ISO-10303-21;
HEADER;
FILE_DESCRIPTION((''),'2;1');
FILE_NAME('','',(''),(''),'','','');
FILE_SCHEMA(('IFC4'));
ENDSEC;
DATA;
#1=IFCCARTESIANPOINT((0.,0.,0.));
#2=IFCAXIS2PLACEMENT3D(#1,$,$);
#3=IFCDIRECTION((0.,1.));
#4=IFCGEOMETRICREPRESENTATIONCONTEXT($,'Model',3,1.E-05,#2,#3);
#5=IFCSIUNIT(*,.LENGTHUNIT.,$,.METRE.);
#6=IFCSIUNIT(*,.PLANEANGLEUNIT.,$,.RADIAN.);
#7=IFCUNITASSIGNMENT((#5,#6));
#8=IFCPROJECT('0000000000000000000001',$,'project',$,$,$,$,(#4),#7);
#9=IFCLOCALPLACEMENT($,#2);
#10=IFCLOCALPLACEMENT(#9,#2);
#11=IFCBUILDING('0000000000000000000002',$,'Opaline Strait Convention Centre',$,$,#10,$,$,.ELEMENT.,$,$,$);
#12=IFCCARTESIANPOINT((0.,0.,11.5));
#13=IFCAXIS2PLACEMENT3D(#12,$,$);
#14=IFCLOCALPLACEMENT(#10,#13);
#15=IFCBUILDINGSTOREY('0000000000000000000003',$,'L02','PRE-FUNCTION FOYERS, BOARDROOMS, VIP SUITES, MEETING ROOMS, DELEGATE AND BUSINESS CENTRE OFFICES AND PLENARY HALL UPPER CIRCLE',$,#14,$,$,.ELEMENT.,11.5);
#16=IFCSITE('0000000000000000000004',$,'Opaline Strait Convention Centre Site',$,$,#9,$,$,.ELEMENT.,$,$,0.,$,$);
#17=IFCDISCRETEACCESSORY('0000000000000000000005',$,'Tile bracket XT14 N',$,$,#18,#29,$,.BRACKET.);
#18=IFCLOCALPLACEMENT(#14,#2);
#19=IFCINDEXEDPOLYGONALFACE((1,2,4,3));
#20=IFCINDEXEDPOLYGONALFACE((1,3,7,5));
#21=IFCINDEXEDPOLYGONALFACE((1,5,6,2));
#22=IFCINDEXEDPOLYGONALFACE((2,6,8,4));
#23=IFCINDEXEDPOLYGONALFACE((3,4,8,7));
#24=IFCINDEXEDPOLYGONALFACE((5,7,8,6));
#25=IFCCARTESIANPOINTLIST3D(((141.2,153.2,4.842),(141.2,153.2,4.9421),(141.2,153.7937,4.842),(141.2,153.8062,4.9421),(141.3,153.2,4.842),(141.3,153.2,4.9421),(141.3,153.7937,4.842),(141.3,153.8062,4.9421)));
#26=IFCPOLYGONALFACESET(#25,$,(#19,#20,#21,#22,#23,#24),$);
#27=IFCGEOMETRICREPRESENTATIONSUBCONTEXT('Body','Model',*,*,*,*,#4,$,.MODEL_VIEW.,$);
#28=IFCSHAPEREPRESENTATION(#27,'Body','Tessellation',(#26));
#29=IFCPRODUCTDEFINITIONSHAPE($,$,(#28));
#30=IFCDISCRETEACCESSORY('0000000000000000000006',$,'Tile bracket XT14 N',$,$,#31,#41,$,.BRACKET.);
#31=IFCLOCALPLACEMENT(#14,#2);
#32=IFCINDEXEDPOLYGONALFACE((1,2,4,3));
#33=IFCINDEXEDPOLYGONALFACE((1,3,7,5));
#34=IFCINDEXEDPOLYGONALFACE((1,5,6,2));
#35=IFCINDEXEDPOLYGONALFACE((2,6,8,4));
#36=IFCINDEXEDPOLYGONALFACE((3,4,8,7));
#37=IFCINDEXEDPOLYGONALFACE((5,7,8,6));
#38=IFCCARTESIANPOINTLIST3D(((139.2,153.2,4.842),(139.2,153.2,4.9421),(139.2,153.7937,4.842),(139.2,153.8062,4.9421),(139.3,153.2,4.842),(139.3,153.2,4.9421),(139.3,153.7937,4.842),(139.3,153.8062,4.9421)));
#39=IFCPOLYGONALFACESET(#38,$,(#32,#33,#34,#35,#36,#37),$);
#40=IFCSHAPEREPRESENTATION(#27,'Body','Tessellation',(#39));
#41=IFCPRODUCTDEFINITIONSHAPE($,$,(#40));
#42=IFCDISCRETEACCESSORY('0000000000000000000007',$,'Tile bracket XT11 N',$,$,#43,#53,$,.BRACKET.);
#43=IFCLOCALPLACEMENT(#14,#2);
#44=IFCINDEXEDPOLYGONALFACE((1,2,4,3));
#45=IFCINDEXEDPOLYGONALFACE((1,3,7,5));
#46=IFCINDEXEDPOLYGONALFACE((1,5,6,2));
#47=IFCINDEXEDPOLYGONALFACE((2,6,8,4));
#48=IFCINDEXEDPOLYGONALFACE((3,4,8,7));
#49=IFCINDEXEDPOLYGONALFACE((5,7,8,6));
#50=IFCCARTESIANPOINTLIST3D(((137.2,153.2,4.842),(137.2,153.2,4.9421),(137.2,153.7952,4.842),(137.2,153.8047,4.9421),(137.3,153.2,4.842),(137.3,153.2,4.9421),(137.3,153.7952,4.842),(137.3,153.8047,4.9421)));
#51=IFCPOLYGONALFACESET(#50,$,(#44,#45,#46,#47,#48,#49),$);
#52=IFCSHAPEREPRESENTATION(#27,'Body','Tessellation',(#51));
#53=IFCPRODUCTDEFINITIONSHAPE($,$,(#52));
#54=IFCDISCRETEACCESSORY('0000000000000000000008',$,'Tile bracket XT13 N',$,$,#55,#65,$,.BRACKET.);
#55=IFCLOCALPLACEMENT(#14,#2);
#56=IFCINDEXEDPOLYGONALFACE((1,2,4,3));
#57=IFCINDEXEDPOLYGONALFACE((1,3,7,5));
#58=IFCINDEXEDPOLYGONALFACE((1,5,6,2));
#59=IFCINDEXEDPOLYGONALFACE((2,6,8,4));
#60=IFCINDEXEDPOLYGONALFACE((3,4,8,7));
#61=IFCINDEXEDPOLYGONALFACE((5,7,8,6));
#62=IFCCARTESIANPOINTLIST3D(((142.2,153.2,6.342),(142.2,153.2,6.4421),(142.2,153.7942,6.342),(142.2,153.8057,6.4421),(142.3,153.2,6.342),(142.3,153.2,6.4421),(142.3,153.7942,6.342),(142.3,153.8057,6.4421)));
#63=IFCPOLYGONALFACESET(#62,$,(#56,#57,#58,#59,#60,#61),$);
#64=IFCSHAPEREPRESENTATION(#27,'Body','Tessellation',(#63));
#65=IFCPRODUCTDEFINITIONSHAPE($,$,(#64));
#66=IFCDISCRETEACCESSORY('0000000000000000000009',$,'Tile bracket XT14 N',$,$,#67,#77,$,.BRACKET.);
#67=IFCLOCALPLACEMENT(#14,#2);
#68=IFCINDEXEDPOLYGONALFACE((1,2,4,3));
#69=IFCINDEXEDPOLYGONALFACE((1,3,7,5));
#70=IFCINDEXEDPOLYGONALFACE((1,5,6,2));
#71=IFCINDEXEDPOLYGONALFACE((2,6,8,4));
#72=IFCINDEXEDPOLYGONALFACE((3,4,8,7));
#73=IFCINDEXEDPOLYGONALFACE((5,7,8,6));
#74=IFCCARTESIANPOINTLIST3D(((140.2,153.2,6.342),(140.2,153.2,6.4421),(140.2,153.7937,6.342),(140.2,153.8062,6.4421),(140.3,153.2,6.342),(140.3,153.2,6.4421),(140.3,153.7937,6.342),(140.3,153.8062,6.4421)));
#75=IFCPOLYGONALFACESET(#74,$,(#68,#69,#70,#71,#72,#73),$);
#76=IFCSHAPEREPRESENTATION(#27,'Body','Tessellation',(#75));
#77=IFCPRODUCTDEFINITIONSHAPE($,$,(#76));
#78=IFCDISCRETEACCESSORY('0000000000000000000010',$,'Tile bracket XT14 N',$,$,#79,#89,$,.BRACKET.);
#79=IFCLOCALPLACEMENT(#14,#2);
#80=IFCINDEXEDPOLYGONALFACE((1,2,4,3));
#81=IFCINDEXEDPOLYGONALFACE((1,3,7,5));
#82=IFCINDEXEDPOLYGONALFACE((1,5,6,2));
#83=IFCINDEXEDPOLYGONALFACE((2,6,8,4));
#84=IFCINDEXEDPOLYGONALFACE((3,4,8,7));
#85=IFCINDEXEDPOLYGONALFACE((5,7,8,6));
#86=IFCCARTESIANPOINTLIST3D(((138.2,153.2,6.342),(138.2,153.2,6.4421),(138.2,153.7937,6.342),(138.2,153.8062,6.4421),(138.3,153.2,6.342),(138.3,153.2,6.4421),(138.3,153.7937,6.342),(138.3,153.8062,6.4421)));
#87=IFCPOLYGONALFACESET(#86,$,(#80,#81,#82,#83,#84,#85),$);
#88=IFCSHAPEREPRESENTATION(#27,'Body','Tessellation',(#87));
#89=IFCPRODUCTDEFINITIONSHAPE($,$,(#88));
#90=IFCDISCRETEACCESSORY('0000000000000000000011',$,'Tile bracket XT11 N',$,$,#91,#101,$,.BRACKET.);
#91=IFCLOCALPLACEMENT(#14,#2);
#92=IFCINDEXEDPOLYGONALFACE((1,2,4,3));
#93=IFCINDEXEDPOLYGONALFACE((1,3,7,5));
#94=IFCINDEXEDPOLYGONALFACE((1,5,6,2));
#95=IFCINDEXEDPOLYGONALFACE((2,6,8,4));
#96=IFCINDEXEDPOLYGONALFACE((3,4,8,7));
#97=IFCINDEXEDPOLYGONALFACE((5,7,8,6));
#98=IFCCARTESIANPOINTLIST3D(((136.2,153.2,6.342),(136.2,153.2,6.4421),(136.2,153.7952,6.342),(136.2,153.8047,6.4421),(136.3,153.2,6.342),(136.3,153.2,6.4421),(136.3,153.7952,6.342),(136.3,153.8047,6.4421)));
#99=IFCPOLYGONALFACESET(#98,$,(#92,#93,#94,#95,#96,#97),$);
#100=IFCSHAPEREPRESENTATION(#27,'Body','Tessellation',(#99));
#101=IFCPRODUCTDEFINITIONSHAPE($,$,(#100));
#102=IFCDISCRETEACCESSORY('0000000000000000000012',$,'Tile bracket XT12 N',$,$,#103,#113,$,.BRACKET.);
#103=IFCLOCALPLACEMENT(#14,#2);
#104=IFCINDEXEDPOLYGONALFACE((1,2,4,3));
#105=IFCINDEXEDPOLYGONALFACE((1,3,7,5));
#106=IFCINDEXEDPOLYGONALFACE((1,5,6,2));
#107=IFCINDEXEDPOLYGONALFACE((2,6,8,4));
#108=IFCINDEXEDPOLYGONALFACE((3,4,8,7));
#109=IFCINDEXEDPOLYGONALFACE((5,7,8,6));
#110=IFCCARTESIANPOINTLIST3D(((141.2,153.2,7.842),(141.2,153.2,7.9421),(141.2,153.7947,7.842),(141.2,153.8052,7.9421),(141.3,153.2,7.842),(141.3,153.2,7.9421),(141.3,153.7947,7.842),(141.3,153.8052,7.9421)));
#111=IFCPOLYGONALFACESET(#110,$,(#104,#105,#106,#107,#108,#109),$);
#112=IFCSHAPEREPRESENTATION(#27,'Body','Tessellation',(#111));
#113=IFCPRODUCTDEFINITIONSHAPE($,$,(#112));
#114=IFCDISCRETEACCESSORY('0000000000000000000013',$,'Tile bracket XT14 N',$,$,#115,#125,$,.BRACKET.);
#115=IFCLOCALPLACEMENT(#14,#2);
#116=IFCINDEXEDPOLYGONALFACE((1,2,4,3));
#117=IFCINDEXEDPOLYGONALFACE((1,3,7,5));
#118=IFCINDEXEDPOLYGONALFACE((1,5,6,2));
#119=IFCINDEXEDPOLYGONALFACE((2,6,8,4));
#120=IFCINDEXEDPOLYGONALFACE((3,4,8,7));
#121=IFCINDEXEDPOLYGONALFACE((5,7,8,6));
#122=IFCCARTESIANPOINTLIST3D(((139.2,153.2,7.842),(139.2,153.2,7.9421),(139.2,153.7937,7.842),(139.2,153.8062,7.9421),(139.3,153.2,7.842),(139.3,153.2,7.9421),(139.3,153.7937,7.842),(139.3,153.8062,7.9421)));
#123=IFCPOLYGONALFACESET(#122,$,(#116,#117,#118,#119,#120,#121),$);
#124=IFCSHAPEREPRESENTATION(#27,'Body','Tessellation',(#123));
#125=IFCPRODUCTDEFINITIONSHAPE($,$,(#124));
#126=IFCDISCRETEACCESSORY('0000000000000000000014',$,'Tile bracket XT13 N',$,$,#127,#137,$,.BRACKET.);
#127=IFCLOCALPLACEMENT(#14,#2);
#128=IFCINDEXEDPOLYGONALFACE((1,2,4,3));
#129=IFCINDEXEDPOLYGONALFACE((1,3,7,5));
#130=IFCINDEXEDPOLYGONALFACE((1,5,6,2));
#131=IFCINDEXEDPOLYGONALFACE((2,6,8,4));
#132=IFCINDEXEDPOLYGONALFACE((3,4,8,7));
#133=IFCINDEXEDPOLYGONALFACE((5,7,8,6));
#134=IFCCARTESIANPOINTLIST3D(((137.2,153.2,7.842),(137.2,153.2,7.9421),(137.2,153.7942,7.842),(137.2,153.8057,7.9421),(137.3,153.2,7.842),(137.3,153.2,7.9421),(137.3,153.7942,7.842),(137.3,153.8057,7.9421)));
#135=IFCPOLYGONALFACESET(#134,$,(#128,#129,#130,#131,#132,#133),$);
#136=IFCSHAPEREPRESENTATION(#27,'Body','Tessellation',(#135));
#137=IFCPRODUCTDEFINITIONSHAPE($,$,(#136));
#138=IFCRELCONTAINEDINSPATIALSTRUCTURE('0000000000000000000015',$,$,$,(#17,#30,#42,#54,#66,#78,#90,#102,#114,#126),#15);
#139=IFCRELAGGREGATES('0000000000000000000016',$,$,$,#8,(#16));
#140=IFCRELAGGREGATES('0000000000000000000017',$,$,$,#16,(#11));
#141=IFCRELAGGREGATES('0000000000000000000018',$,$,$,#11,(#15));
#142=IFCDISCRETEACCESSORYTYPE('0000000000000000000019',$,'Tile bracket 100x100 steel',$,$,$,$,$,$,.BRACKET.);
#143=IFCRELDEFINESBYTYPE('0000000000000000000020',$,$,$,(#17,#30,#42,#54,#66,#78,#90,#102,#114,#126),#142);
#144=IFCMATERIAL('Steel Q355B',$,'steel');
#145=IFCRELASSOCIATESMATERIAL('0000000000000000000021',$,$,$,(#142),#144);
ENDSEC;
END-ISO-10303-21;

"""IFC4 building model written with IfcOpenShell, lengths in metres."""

from ifc_helpers import new_model, si_unit, direction, frame, origin, place, context, subcontext, project, spatial, polyline, outline, extrude, material, type_object, element, save


model = new_model("IFC4")

# Units and contexts
model_context = context("Model", 3, precision=1e-05, world=origin(), true_north=direction((0.0, 1.0)))
body_context = subcontext(model_context, "Body", "Model", "MODEL_VIEW")
ifc_project = project(units=[si_unit("LENGTHUNIT", "METRE"), si_unit("PLANEANGLEUNIT", "RADIAN")], contexts=[model_context])

# Site, building, storey
site_placement = place(None, origin())
site = spatial("IfcSite", under=ifc_project, at=site_placement, Name="Opaline Strait Convention Centre Site", CompositionType="ELEMENT", RefElevation=0.0)
building_placement = place(site_placement, origin())
building = spatial("IfcBuilding", under=site, at=building_placement, Name="Opaline Strait Convention Centre", CompositionType="ELEMENT")
storey_placement = place(building_placement, frame((0.0, 0.0, 11.5)))
storey = spatial("IfcBuildingStorey", under=building, at=storey_placement, Name="L02", Description="PRE-FUNCTION FOYERS, BOARDROOMS, VIP SUITES, MEETING ROOMS, DELEGATE AND BUSINESS CENTRE OFFICES AND PLENARY HALL UPPER CIRCLE", CompositionType="ELEMENT", Elevation=11.5)

# Discrete accessories
ifc_material_1 = material(Name="Steel Q355B", Category="steel")
discrete_accessory_type = type_object("IfcDiscreteAccessoryType", Name="Tile bracket 100x100 steel", PredefinedType="BRACKET", material=ifc_material_1)
for number, where, z_axis, x_axis, name in (
    (1, (141.3, 153.2, 4.8921), (-1.0, 0.0, 0.0), (0.0, -1.0, 0.0), "Tile bracket XT14 N"),
    (2, (139.3, 153.2, 4.8921), (-1.0, 0.0, 0.0), (0.0, -1.0, 0.0), "Tile bracket XT14 N"),
):
    element("IfcDiscreteAccessory", number, at=place(storey_placement, frame(where, z_axis=z_axis, x_axis=x_axis)), inside=storey, type_object=discrete_accessory_type, Name=name, PredefinedType="BRACKET", context=body_context, shape_type="SweptSolid", body=[
        extrude(outline(polyline([(0.0, -0.05), (0.0, 0.05), (-0.6062, 0.05), (-0.5938, -0.05), (0.0, -0.05)])), origin(), (0.0, 0.0, 1.0), 0.1001),
    ])
discrete_accessory_1_placement = place(storey_placement, frame((137.3, 153.2, 4.8921), z_axis=(-1.0, 0.0, 0.0), x_axis=(0.0, -1.0, 0.0)))
element("IfcDiscreteAccessory", 3, at=discrete_accessory_1_placement, inside=storey, type_object=discrete_accessory_type, Name="Tile bracket XT11 N", PredefinedType="BRACKET", context=body_context, shape_type="SweptSolid", body=[
    extrude(outline(polyline([(0.0, -0.05), (0.0, 0.05), (-0.6047, 0.05), (-0.5952, -0.05), (0.0, -0.05)])), origin(), (0.0, 0.0, 1.0), 0.1001),
])
discrete_accessory_2_placement = place(storey_placement, frame((142.3, 153.2, 6.3921), z_axis=(-1.0, 0.0, 0.0), x_axis=(0.0, -1.0, 0.0)))
element("IfcDiscreteAccessory", 4, at=discrete_accessory_2_placement, inside=storey, type_object=discrete_accessory_type, Name="Tile bracket XT13 N", PredefinedType="BRACKET", context=body_context, shape_type="SweptSolid", body=[
    extrude(outline(polyline([(0.0, -0.05), (0.0, 0.05), (-0.6057, 0.05), (-0.5942, -0.05), (0.0, -0.05)])), origin(), (0.0, 0.0, 1.0), 0.1001),
])
for number, where, z_axis, x_axis, name in (
    (5, (140.3, 153.2, 6.3921), (-1.0, 0.0, 0.0), (0.0, -1.0, 0.0), "Tile bracket XT14 N"),
    (6, (138.3, 153.2, 6.3921), (-1.0, 0.0, 0.0), (0.0, -1.0, 0.0), "Tile bracket XT14 N"),
):
    element("IfcDiscreteAccessory", number, at=place(storey_placement, frame(where, z_axis=z_axis, x_axis=x_axis)), inside=storey, type_object=discrete_accessory_type, Name=name, PredefinedType="BRACKET", context=body_context, shape_type="SweptSolid", body=[
        extrude(outline(polyline([(0.0, -0.05), (0.0, 0.05), (-0.6062, 0.05), (-0.5938, -0.05), (0.0, -0.05)])), origin(), (0.0, 0.0, 1.0), 0.1001),
    ])
discrete_accessory_3_placement = place(storey_placement, frame((136.3, 153.2, 6.3921), z_axis=(-1.0, 0.0, 0.0), x_axis=(0.0, -1.0, 0.0)))
element("IfcDiscreteAccessory", 7, at=discrete_accessory_3_placement, inside=storey, type_object=discrete_accessory_type, Name="Tile bracket XT11 N", PredefinedType="BRACKET", context=body_context, shape_type="SweptSolid", body=[
    extrude(outline(polyline([(0.0, -0.05), (0.0, 0.05), (-0.6047, 0.05), (-0.5952, -0.05), (0.0, -0.05)])), origin(), (0.0, 0.0, 1.0), 0.1001),
])
discrete_accessory_4_placement = place(storey_placement, frame((141.3, 153.2, 7.8921), z_axis=(-1.0, 0.0, 0.0), x_axis=(0.0, -1.0, 0.0)))
element("IfcDiscreteAccessory", 8, at=discrete_accessory_4_placement, inside=storey, type_object=discrete_accessory_type, Name="Tile bracket XT12 N", PredefinedType="BRACKET", context=body_context, shape_type="SweptSolid", body=[
    extrude(outline(polyline([(0.0, -0.05), (0.0, 0.05), (-0.6052, 0.05), (-0.5947, -0.05), (0.0, -0.05)])), origin(), (0.0, 0.0, 1.0), 0.1001),
])
discrete_accessory_5_placement = place(storey_placement, frame((139.3, 153.2, 7.8921), z_axis=(-1.0, 0.0, 0.0), x_axis=(0.0, -1.0, 0.0)))
element("IfcDiscreteAccessory", 9, at=discrete_accessory_5_placement, inside=storey, type_object=discrete_accessory_type, Name="Tile bracket XT14 N", PredefinedType="BRACKET", context=body_context, shape_type="SweptSolid", body=[
    extrude(outline(polyline([(0.0, -0.05), (0.0, 0.05), (-0.6062, 0.05), (-0.5938, -0.05), (0.0, -0.05)])), origin(), (0.0, 0.0, 1.0), 0.1001),
])
discrete_accessory_6_placement = place(storey_placement, frame((137.3, 153.2, 7.8921), z_axis=(-1.0, 0.0, 0.0), x_axis=(0.0, -1.0, 0.0)))
element("IfcDiscreteAccessory", 10, at=discrete_accessory_6_placement, inside=storey, type_object=discrete_accessory_type, Name="Tile bracket XT13 N", PredefinedType="BRACKET", context=body_context, shape_type="SweptSolid", body=[
    extrude(outline(polyline([(0.0, -0.05), (0.0, 0.05), (-0.6057, 0.05), (-0.5942, -0.05), (0.0, -0.05)])), origin(), (0.0, 0.0, 1.0), 0.1001),
])

save(model, "model.ifc")
